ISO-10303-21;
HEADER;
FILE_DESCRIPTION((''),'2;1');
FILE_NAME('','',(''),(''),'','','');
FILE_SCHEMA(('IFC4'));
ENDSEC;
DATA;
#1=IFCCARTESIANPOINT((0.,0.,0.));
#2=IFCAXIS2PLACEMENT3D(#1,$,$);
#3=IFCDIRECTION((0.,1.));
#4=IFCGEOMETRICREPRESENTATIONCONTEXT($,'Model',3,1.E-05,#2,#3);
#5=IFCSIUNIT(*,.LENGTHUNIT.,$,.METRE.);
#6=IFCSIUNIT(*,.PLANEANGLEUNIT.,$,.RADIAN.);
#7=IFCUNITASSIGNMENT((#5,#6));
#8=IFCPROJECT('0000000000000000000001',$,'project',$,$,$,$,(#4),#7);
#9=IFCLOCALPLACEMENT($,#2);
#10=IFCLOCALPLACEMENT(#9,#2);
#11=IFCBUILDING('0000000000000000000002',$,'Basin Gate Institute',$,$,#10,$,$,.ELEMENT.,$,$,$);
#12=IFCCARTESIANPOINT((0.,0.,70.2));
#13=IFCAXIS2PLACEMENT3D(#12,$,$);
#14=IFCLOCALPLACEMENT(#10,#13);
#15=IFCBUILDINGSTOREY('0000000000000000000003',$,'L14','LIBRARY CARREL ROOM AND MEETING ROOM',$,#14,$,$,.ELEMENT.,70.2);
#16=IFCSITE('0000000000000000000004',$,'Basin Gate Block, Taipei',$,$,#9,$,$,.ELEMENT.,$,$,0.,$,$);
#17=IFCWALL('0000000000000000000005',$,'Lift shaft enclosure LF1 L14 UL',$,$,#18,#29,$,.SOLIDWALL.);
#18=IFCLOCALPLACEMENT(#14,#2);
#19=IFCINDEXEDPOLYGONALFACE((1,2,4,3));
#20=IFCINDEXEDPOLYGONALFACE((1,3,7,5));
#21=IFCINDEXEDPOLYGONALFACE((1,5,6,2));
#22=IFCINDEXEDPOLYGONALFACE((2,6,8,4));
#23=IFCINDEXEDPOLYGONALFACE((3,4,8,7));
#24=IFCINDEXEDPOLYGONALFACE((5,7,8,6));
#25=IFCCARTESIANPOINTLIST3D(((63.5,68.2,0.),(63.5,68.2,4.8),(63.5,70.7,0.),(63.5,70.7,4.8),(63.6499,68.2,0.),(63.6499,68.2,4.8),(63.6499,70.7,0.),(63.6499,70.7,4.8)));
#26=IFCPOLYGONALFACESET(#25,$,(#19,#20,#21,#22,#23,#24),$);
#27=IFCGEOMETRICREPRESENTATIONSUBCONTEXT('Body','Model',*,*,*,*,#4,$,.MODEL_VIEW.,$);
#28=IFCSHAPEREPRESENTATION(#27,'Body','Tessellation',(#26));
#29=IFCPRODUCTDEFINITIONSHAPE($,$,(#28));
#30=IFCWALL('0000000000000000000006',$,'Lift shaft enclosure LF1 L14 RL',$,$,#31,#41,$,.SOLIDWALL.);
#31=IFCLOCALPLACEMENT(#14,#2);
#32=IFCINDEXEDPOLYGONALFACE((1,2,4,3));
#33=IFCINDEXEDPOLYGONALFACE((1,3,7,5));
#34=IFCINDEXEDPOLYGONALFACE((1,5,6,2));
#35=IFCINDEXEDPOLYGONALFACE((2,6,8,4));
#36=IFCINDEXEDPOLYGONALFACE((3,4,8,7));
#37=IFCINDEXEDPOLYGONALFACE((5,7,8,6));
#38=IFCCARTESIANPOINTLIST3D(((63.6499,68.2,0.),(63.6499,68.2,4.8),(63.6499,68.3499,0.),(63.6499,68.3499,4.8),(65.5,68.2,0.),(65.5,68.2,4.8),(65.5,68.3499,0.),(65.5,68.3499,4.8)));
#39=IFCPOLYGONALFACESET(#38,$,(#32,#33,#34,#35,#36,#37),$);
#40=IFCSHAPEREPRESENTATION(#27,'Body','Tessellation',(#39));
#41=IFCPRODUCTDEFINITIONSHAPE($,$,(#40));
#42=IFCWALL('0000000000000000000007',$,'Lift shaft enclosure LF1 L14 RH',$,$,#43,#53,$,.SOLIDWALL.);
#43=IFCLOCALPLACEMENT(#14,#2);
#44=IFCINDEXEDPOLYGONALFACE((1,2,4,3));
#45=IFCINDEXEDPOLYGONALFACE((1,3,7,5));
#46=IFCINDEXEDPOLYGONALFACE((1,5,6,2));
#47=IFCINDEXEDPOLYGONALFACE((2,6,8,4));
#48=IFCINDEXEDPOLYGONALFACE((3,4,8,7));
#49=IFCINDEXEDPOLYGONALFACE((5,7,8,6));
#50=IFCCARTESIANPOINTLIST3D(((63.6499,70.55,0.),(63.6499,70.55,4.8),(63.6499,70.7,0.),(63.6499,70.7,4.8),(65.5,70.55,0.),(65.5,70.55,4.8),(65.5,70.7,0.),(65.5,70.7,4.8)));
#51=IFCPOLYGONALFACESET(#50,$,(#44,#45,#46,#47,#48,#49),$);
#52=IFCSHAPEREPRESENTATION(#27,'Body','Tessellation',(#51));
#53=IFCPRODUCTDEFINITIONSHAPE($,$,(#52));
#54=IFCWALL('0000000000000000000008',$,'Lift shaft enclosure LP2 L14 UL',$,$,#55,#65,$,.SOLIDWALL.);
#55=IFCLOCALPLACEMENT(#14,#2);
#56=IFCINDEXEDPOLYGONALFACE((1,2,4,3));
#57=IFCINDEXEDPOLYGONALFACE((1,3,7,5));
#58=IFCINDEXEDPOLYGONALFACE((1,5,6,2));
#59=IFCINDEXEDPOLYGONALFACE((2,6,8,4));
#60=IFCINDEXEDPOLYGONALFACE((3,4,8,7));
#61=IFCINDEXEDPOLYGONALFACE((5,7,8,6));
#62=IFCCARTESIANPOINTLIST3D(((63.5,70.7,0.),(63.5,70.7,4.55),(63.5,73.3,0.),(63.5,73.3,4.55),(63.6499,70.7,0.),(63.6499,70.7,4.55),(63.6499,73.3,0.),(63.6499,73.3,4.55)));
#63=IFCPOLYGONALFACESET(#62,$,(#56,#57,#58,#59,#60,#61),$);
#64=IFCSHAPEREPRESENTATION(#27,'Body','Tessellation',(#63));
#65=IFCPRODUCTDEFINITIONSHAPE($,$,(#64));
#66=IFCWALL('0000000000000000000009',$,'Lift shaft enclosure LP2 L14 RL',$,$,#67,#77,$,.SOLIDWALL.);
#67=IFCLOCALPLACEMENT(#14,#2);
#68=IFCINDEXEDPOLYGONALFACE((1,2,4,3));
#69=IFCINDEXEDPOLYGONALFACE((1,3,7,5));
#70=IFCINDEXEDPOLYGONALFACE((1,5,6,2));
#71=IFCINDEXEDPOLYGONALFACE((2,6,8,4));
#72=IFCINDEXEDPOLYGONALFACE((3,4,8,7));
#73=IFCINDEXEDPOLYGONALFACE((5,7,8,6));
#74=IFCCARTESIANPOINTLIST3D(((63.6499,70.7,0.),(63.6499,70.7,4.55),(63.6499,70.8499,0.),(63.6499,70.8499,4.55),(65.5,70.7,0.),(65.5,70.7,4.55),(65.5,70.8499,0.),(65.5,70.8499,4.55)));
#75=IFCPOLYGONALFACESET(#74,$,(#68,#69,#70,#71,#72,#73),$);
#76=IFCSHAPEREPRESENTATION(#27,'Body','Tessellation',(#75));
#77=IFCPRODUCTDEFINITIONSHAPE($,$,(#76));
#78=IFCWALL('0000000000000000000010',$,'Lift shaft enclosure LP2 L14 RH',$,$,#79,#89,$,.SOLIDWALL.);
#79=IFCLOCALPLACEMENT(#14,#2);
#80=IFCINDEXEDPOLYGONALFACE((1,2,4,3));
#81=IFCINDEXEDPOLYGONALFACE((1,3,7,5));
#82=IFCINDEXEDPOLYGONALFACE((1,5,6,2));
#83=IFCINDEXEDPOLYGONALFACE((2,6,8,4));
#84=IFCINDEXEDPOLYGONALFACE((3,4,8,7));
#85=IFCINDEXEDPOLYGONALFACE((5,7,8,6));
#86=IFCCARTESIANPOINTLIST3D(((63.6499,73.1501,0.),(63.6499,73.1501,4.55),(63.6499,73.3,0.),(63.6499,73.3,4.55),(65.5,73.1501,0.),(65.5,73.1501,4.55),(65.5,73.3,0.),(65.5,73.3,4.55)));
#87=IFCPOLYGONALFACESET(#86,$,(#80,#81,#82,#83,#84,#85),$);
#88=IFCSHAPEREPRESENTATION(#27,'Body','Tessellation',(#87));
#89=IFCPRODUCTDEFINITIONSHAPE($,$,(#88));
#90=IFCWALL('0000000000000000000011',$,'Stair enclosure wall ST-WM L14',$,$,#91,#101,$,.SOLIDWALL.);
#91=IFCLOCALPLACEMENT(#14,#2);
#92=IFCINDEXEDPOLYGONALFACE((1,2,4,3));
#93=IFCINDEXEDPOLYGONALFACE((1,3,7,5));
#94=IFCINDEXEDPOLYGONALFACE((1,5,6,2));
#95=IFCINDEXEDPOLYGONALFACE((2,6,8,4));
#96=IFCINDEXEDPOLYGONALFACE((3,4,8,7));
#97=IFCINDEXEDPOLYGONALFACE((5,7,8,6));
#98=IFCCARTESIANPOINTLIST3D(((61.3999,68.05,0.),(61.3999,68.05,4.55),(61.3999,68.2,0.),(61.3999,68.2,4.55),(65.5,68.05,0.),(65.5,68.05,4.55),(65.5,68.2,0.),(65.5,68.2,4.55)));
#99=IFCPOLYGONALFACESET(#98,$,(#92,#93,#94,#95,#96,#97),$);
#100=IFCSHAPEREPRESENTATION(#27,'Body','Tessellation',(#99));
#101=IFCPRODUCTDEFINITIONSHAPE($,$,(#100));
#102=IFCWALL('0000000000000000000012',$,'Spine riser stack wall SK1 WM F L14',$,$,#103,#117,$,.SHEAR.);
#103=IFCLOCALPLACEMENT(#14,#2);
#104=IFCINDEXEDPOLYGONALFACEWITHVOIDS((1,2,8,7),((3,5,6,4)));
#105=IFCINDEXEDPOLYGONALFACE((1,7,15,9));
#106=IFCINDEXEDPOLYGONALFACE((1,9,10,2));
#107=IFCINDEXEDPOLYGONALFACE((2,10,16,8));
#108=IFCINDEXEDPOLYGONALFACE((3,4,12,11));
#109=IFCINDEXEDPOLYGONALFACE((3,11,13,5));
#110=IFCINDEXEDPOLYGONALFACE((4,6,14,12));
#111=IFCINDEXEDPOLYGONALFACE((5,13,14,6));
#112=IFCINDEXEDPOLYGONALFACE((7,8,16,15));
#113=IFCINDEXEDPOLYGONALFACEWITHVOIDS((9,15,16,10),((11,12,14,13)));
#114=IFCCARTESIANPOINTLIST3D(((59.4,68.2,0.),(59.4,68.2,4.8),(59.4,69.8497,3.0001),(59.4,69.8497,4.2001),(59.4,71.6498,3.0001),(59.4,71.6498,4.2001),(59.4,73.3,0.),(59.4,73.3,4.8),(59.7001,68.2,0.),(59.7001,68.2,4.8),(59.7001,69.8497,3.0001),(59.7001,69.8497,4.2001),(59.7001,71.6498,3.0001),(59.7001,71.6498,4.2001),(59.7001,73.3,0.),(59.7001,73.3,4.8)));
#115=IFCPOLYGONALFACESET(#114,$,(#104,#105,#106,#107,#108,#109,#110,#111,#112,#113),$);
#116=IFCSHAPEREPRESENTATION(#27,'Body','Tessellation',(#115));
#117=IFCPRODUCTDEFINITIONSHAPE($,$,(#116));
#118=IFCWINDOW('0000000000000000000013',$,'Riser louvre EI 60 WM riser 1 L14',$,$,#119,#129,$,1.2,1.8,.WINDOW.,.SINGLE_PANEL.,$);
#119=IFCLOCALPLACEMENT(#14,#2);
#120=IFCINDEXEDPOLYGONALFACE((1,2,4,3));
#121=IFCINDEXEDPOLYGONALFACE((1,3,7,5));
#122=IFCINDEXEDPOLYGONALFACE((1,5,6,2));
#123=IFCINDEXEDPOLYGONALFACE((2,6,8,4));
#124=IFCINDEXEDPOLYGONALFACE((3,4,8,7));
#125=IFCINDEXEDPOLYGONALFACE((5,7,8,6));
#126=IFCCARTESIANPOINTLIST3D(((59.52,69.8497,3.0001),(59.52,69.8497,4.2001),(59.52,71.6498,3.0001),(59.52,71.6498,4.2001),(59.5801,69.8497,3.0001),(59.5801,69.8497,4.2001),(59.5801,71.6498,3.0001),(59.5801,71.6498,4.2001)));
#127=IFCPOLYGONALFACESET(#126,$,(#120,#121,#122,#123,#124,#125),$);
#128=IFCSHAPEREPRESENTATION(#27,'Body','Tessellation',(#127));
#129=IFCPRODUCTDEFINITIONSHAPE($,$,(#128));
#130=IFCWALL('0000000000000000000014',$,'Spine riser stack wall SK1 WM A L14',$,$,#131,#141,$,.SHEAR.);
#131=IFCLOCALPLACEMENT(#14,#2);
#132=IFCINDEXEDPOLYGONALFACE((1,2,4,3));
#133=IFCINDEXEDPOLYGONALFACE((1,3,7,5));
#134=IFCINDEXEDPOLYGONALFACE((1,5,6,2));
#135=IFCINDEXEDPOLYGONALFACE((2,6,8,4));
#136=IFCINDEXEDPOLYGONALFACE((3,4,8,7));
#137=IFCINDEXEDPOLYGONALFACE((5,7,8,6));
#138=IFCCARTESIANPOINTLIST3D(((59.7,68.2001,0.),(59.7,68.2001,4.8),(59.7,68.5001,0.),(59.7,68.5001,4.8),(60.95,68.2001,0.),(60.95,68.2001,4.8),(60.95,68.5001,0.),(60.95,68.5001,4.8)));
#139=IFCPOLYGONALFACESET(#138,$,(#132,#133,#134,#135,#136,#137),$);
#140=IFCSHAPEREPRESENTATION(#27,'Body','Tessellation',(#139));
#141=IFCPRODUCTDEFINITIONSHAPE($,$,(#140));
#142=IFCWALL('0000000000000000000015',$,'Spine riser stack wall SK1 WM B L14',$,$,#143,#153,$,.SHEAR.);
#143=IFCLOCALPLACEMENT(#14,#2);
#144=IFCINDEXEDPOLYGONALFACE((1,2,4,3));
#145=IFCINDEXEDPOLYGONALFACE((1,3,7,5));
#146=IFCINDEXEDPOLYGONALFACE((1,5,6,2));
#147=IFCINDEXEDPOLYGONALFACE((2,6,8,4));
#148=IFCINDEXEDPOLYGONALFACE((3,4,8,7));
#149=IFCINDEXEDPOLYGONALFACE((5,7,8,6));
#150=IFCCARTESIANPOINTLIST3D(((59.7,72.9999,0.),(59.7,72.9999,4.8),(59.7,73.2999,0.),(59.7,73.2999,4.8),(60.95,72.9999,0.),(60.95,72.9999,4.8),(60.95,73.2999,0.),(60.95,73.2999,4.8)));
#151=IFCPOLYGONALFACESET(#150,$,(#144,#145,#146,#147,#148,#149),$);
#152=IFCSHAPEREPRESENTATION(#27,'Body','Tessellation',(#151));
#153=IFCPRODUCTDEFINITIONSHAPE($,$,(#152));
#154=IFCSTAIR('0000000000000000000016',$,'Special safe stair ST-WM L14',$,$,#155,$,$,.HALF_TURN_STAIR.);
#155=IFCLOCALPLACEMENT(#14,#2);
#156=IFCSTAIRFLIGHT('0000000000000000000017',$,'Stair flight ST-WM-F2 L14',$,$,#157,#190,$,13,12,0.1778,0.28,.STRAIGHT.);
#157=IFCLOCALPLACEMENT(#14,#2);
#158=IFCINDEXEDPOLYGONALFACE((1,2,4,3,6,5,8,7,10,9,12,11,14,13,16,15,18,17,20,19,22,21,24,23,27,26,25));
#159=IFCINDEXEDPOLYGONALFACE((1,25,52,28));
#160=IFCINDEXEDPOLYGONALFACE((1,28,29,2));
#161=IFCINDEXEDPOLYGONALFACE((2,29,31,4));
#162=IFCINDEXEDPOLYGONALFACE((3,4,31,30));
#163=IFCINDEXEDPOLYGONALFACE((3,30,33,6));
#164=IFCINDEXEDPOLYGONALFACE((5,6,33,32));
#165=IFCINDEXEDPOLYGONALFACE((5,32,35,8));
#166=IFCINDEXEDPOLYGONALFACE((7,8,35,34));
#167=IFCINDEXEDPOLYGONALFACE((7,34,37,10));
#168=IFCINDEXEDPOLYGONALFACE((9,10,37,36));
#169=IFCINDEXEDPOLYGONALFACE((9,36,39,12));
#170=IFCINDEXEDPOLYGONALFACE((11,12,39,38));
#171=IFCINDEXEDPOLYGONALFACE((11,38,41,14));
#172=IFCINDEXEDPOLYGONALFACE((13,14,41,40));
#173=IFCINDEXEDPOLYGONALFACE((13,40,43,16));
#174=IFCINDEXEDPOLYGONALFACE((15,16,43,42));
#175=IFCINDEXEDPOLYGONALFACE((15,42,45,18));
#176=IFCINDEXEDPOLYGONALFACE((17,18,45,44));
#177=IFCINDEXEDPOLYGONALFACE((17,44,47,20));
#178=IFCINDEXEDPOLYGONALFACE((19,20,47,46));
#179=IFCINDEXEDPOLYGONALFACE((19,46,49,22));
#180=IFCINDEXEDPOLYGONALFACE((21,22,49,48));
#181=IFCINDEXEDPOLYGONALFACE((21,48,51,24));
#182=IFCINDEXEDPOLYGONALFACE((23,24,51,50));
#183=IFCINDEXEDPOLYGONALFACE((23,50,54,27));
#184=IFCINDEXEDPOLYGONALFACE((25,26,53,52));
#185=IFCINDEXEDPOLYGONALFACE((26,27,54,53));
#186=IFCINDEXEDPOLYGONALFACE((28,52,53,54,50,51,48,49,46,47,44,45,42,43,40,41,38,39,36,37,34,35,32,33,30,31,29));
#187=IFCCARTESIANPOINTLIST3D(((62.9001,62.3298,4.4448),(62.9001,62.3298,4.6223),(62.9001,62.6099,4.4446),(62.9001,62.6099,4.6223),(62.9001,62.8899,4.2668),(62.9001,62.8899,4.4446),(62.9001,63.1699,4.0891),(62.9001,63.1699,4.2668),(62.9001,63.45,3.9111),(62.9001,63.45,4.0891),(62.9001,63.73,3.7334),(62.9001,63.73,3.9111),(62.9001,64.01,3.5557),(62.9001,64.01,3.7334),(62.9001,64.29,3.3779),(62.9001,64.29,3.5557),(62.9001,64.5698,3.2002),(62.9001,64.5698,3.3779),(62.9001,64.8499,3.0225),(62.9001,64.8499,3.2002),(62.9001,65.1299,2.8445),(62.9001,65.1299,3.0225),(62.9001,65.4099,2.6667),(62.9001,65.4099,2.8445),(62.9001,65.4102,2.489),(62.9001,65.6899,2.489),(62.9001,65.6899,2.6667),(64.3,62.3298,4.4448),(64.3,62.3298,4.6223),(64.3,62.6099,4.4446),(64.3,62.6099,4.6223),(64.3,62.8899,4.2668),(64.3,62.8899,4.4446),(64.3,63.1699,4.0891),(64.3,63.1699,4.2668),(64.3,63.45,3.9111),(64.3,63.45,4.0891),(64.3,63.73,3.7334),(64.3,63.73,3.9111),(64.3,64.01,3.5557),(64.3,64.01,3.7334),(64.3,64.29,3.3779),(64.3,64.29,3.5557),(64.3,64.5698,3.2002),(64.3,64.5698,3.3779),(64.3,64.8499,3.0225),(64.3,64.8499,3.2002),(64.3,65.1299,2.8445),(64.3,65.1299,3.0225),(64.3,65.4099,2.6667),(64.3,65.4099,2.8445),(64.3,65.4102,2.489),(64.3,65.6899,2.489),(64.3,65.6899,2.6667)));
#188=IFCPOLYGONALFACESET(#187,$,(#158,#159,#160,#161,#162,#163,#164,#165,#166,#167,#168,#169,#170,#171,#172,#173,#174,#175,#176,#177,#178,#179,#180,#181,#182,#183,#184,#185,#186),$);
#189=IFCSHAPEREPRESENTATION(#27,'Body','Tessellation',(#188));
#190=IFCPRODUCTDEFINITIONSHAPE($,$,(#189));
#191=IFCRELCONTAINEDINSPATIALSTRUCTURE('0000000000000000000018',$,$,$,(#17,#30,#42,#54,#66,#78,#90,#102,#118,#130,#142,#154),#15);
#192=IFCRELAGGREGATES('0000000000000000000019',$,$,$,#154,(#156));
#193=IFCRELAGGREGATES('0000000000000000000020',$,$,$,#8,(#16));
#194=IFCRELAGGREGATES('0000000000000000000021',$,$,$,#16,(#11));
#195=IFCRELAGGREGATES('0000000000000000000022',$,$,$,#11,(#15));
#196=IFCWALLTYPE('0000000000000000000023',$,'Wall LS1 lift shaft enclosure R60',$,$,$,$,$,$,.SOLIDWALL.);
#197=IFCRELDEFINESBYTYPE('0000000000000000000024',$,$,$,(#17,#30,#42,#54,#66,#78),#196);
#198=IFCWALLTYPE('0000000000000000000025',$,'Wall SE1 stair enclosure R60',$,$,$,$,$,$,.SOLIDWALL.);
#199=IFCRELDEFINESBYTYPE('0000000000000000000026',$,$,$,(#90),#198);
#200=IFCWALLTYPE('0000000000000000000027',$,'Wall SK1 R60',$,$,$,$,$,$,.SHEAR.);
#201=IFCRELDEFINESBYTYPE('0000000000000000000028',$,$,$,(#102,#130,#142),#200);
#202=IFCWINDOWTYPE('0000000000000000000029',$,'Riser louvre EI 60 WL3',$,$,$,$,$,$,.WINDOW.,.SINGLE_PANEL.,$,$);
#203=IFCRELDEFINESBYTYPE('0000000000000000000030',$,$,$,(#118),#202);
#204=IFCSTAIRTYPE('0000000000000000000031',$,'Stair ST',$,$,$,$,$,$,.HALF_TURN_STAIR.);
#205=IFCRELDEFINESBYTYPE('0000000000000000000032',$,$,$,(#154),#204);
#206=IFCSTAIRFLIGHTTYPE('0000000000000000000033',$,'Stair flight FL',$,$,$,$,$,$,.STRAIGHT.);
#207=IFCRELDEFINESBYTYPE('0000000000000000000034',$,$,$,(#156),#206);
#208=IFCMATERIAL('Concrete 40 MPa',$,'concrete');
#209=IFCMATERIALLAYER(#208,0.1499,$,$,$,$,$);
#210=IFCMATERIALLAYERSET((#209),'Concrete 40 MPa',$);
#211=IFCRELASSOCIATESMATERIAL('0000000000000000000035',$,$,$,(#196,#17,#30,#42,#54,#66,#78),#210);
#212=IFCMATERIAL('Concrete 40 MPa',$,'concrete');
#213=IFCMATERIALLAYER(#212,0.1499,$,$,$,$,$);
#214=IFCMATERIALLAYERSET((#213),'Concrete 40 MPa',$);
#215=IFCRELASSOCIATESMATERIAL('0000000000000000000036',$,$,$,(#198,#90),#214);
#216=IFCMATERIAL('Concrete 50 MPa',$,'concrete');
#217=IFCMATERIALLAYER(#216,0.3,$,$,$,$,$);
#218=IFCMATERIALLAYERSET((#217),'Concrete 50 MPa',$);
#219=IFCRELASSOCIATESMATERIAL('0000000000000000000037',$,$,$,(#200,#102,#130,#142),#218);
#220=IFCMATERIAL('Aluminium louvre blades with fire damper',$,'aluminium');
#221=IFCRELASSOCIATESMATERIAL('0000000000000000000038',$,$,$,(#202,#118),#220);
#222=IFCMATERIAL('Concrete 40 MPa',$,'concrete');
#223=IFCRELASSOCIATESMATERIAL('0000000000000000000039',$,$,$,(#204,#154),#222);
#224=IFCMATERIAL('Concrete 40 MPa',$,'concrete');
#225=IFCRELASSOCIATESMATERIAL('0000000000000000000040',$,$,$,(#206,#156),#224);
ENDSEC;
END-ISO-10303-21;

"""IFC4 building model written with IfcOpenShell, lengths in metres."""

from ifc_helpers import new_model, si_unit, direction, frame, frame_2d, origin, place, context, subcontext, project, spatial, polyline, rectangle, outline, extrude, material, layer, layer_set, type_object, element, fill, aggregate, save


model = new_model("IFC4")

# Units and contexts
model_context = context("Model", 3, precision=1e-05, world=origin(), true_north=direction((0.0, 1.0)))
body_context = subcontext(model_context, "Body", "Model", "MODEL_VIEW")
ifc_project = project(units=[si_unit("LENGTHUNIT", "METRE"), si_unit("PLANEANGLEUNIT", "RADIAN")], contexts=[model_context])

# Site, building, storey
site_placement = place(None, origin())
site = spatial("IfcSite", under=ifc_project, at=site_placement, Name="Basin Gate Block, Taipei", CompositionType="ELEMENT", RefElevation=0.0)
building_placement = place(site_placement, origin())
building = spatial("IfcBuilding", under=site, at=building_placement, Name="Basin Gate Institute", CompositionType="ELEMENT")
storey_placement = place(building_placement, frame((0.0, 0.0, 70.2)))
storey = spatial("IfcBuildingStorey", under=building, at=storey_placement, Name="L14", Description="LIBRARY CARREL ROOM AND MEETING ROOM", CompositionType="ELEMENT", Elevation=70.2)

# Walls
ifc_material_1 = material(Name="Concrete 40 MPa", Category="concrete")
ifc_layer_1 = layer(ifc_material_1, 0.1499)
ifc_layer_set_1 = layer_set([ifc_layer_1], Name="Concrete 40 MPa")
wall_type_1 = type_object("IfcWallType", Name="Wall LS1 lift shaft enclosure R60", PredefinedType="SOLIDWALL", material=ifc_layer_set_1)
wall_1_placement = place(storey_placement, frame((63.575, 68.2, 0.0), z_axis=(0.0, 0.0, 1.0), x_axis=(0.0, 1.0, 0.0)))
element("IfcWall", 1, at=wall_1_placement, inside=storey, type_object=wall_type_1, material=ifc_layer_set_1, Name="Lift shaft enclosure LF1 L14 UL", PredefinedType="SOLIDWALL", context=body_context, shape_type="SweptSolid", body=[
    extrude(rectangle(XDim=2.5, YDim=0.1499, at=frame_2d((1.25, 0.0))), origin(), (0.0, 0.0, 1.0), 4.8),
])
for number, where, z_axis, x_axis, name in (
    (2, (63.6499, 68.2749, 0.0), (0.0, 0.0, 1.0), (1.0, 0.0, 0.0), "Lift shaft enclosure LF1 L14 RL"),
    (3, (63.6499, 70.625, 0.0), (0.0, 0.0, 1.0), (1.0, 0.0, 0.0), "Lift shaft enclosure LF1 L14 RH"),
):
    element("IfcWall", number, at=place(storey_placement, frame(where, z_axis=z_axis, x_axis=x_axis)), inside=storey, type_object=wall_type_1, material=ifc_layer_set_1, Name=name, PredefinedType="SOLIDWALL", context=body_context, shape_type="SweptSolid", body=[
        extrude(rectangle(XDim=1.8501, YDim=0.1499, at=frame_2d((0.925, 0.0))), origin(), (0.0, 0.0, 1.0), 4.8),
    ])
wall_2_placement = place(storey_placement, frame((63.575, 70.7, 0.0), z_axis=(0.0, 0.0, 1.0), x_axis=(0.0, 1.0, 0.0)))
element("IfcWall", 4, at=wall_2_placement, inside=storey, type_object=wall_type_1, material=ifc_layer_set_1, Name="Lift shaft enclosure LP2 L14 UL", PredefinedType="SOLIDWALL", context=body_context, shape_type="SweptSolid", body=[
    extrude(rectangle(XDim=2.6001, YDim=0.1499, at=frame_2d((1.3, 0.0))), origin(), (0.0, 0.0, 1.0), 4.55),
])
for number, where, z_axis, x_axis, name in (
    (5, (63.6499, 70.7749, 0.0), (0.0, 0.0, 1.0), (1.0, 0.0, 0.0), "Lift shaft enclosure LP2 L14 RL"),
    (6, (63.6499, 73.2251, 0.0), (0.0, 0.0, 1.0), (1.0, 0.0, 0.0), "Lift shaft enclosure LP2 L14 RH"),
):
    element("IfcWall", number, at=place(storey_placement, frame(where, z_axis=z_axis, x_axis=x_axis)), inside=storey, type_object=wall_type_1, material=ifc_layer_set_1, Name=name, PredefinedType="SOLIDWALL", context=body_context, shape_type="SweptSolid", body=[
        extrude(rectangle(XDim=1.8501, YDim=0.1499, at=frame_2d((0.925, 0.0))), origin(), (0.0, 0.0, 1.0), 4.55),
    ])
ifc_material_2 = material(Name="Concrete 40 MPa", Category="concrete")
ifc_layer_2 = layer(ifc_material_2, 0.1499)
ifc_layer_set_2 = layer_set([ifc_layer_2], Name="Concrete 40 MPa")
wall_type_2 = type_object("IfcWallType", Name="Wall SE1 stair enclosure R60", PredefinedType="SOLIDWALL", material=ifc_layer_set_2)
wall_3_placement = place(storey_placement, frame((61.3999, 68.125, 0.0), z_axis=(0.0, 0.0, 1.0), x_axis=(1.0, 0.0, 0.0)))
element("IfcWall", 7, at=wall_3_placement, inside=storey, type_object=wall_type_2, material=ifc_layer_set_2, Name="Stair enclosure wall ST-WM L14", PredefinedType="SOLIDWALL", context=body_context, shape_type="SweptSolid", body=[
    extrude(rectangle(XDim=4.1001, YDim=0.1499, at=frame_2d((2.05, 0.0))), origin(), (0.0, 0.0, 1.0), 4.55),
])

# Wall, opening, window
ifc_material_3 = material(Name="Concrete 50 MPa", Category="concrete")
ifc_layer_3 = layer(ifc_material_3, 0.3)
ifc_layer_set_3 = layer_set([ifc_layer_3], Name="Concrete 50 MPa")
wall_type_3 = type_object("IfcWallType", Name="Wall SK1 R60", PredefinedType="SHEAR", material=ifc_layer_set_3)
wall_4_placement = place(storey_placement, frame((59.55, 68.2, 0.0), z_axis=(0.0, 0.0, 1.0), x_axis=(0.0, 1.0, 0.0)))
wall_4 = element("IfcWall", 8, at=wall_4_placement, inside=storey, type_object=wall_type_3, material=ifc_layer_set_3, Name="Spine riser stack wall SK1 WM F L14", PredefinedType="SHEAR", context=body_context, shape_type="SweptSolid", body=[
    extrude(rectangle(XDim=5.1001, YDim=0.3, at=frame_2d((2.55, 0.0))), origin(), (0.0, 0.0, 1.0), 4.8),
])
opening_1_placement = place(wall_4_placement, frame((1.6499, 0.0, 3.0)))
opening_1 = element("IfcOpeningElement", 9, at=opening_1_placement, cuts=wall_4, PredefinedType="OPENING", context=body_context, shape_type="SweptSolid", body=[
    extrude(rectangle(XDim=1.8, YDim=1.2, at=frame_2d((0.8999, 0.6001))), frame((0.0, 0.1602, 0.0), z_axis=(0.0, -1.0, 0.0), x_axis=(1.0, 0.0, 0.0)), (0.0, 0.0, 1.0), 0.3201),
])
ifc_material_4 = material(Name="Aluminium louvre blades with fire damper", Category="aluminium")
window_type_1 = type_object("IfcWindowType", Name="Riser louvre EI 60 WL3", PartitioningType="SINGLE_PANEL", PredefinedType="WINDOW", material=ifc_material_4)
window_1_placement = place(opening_1_placement, origin())
window_1 = element("IfcWindow", 10, at=window_1_placement, inside=storey, type_object=window_type_1, material=ifc_material_4, Name="Riser louvre EI 60 WM riser 1 L14", OverallHeight=1.2, OverallWidth=1.8, PartitioningType="SINGLE_PANEL", PredefinedType="WINDOW", context=body_context, shape_type="SweptSolid", body=[
    extrude(rectangle(XDim=1.8, YDim=1.2, at=frame_2d((0.8999, 0.6001))), frame((0.0, 0.03, 0.0), z_axis=(0.0, -1.0, 0.0), x_axis=(1.0, 0.0, 0.0)), (0.0, 0.0, 1.0), 0.0601),
])
fill(opening_1, window_1)

# Walls
for number, where, z_axis, x_axis, name in (
    (11, (60.95, 68.3501, 0.0), (0.0, 0.0, 1.0), (-1.0, 0.0, 0.0), "Spine riser stack wall SK1 WM A L14"),
    (12, (60.95, 73.1499, 0.0), (0.0, 0.0, 1.0), (-1.0, 0.0, 0.0), "Spine riser stack wall SK1 WM B L14"),
):
    element("IfcWall", number, at=place(storey_placement, frame(where, z_axis=z_axis, x_axis=x_axis)), inside=storey, type_object=wall_type_3, material=ifc_layer_set_3, Name=name, PredefinedType="SHEAR", context=body_context, shape_type="SweptSolid", body=[
        extrude(rectangle(XDim=1.25, YDim=0.3, at=frame_2d((0.625, 0.0))), origin(), (0.0, 0.0, 1.0), 4.8),
    ])

# Stair, stair flight
ifc_material_5 = material(Name="Concrete 40 MPa", Category="concrete")
stair_type = type_object("IfcStairType", Name="Stair ST", PredefinedType="HALF_TURN_STAIR", material=ifc_material_5)
stair_placement = place(storey_placement, origin())
stair = element("IfcStair", 13, at=stair_placement, inside=storey, type_object=stair_type, material=ifc_material_5, Name="Special safe stair ST-WM L14", PredefinedType="HALF_TURN_STAIR")
ifc_material_6 = material(Name="Concrete 40 MPa", Category="concrete")
stair_flight_type = type_object("IfcStairFlightType", Name="Stair flight FL", PredefinedType="STRAIGHT", material=ifc_material_6)
stair_flight_placement = place(storey_placement, frame((63.6001, 65.6899, 2.489), z_axis=(0.0, 0.0, 1.0), x_axis=(0.0, -1.0, 0.0)))
stair_flight = element("IfcStairFlight", 14, at=stair_flight_placement, type_object=stair_flight_type, material=ifc_material_6, Name="Stair flight ST-WM-F2 L14", NumberOfRisers=13, NumberOfTreads=12, PredefinedType="STRAIGHT", RiserHeight=0.1778, TreadLength=0.28, context=body_context, shape_type="SweptSolid", body=[
    extrude(outline(polyline([(0.0, 0.0), (0.0, 0.1777), (0.28, 0.1777), (0.28, 0.3555), (0.5601, 0.3555), (0.5601, 0.5334), (0.8401, 0.5334), (0.8401, 0.7112), (1.1201, 0.7112), (1.1201, 0.8889), (1.3999, 0.8889), (1.3999, 1.0667), (1.6799, 1.0667), (1.6799, 1.2444), (1.96, 1.2444), (1.96, 1.4221), (2.24, 1.4221), (2.24, 1.6001), (2.52, 1.6001), (2.52, 1.7778), (2.8, 1.7778), (2.8, 1.9556), (3.0801, 1.9556), (3.0801, 2.1333), (3.3601, 2.1333), (3.3601, 2.311), (3.3601, 1.9558), (0.2798, 0.0), (0.0, 0.0)])), frame((0.0, 0.7, 0.0), z_axis=(0.0, -1.0, 0.0), x_axis=(1.0, 0.0, 0.0)), (0.0, 0.0, 1.0), 1.3999),
])
aggregate(stair, [stair_flight])

save(model, "model.ifc")
